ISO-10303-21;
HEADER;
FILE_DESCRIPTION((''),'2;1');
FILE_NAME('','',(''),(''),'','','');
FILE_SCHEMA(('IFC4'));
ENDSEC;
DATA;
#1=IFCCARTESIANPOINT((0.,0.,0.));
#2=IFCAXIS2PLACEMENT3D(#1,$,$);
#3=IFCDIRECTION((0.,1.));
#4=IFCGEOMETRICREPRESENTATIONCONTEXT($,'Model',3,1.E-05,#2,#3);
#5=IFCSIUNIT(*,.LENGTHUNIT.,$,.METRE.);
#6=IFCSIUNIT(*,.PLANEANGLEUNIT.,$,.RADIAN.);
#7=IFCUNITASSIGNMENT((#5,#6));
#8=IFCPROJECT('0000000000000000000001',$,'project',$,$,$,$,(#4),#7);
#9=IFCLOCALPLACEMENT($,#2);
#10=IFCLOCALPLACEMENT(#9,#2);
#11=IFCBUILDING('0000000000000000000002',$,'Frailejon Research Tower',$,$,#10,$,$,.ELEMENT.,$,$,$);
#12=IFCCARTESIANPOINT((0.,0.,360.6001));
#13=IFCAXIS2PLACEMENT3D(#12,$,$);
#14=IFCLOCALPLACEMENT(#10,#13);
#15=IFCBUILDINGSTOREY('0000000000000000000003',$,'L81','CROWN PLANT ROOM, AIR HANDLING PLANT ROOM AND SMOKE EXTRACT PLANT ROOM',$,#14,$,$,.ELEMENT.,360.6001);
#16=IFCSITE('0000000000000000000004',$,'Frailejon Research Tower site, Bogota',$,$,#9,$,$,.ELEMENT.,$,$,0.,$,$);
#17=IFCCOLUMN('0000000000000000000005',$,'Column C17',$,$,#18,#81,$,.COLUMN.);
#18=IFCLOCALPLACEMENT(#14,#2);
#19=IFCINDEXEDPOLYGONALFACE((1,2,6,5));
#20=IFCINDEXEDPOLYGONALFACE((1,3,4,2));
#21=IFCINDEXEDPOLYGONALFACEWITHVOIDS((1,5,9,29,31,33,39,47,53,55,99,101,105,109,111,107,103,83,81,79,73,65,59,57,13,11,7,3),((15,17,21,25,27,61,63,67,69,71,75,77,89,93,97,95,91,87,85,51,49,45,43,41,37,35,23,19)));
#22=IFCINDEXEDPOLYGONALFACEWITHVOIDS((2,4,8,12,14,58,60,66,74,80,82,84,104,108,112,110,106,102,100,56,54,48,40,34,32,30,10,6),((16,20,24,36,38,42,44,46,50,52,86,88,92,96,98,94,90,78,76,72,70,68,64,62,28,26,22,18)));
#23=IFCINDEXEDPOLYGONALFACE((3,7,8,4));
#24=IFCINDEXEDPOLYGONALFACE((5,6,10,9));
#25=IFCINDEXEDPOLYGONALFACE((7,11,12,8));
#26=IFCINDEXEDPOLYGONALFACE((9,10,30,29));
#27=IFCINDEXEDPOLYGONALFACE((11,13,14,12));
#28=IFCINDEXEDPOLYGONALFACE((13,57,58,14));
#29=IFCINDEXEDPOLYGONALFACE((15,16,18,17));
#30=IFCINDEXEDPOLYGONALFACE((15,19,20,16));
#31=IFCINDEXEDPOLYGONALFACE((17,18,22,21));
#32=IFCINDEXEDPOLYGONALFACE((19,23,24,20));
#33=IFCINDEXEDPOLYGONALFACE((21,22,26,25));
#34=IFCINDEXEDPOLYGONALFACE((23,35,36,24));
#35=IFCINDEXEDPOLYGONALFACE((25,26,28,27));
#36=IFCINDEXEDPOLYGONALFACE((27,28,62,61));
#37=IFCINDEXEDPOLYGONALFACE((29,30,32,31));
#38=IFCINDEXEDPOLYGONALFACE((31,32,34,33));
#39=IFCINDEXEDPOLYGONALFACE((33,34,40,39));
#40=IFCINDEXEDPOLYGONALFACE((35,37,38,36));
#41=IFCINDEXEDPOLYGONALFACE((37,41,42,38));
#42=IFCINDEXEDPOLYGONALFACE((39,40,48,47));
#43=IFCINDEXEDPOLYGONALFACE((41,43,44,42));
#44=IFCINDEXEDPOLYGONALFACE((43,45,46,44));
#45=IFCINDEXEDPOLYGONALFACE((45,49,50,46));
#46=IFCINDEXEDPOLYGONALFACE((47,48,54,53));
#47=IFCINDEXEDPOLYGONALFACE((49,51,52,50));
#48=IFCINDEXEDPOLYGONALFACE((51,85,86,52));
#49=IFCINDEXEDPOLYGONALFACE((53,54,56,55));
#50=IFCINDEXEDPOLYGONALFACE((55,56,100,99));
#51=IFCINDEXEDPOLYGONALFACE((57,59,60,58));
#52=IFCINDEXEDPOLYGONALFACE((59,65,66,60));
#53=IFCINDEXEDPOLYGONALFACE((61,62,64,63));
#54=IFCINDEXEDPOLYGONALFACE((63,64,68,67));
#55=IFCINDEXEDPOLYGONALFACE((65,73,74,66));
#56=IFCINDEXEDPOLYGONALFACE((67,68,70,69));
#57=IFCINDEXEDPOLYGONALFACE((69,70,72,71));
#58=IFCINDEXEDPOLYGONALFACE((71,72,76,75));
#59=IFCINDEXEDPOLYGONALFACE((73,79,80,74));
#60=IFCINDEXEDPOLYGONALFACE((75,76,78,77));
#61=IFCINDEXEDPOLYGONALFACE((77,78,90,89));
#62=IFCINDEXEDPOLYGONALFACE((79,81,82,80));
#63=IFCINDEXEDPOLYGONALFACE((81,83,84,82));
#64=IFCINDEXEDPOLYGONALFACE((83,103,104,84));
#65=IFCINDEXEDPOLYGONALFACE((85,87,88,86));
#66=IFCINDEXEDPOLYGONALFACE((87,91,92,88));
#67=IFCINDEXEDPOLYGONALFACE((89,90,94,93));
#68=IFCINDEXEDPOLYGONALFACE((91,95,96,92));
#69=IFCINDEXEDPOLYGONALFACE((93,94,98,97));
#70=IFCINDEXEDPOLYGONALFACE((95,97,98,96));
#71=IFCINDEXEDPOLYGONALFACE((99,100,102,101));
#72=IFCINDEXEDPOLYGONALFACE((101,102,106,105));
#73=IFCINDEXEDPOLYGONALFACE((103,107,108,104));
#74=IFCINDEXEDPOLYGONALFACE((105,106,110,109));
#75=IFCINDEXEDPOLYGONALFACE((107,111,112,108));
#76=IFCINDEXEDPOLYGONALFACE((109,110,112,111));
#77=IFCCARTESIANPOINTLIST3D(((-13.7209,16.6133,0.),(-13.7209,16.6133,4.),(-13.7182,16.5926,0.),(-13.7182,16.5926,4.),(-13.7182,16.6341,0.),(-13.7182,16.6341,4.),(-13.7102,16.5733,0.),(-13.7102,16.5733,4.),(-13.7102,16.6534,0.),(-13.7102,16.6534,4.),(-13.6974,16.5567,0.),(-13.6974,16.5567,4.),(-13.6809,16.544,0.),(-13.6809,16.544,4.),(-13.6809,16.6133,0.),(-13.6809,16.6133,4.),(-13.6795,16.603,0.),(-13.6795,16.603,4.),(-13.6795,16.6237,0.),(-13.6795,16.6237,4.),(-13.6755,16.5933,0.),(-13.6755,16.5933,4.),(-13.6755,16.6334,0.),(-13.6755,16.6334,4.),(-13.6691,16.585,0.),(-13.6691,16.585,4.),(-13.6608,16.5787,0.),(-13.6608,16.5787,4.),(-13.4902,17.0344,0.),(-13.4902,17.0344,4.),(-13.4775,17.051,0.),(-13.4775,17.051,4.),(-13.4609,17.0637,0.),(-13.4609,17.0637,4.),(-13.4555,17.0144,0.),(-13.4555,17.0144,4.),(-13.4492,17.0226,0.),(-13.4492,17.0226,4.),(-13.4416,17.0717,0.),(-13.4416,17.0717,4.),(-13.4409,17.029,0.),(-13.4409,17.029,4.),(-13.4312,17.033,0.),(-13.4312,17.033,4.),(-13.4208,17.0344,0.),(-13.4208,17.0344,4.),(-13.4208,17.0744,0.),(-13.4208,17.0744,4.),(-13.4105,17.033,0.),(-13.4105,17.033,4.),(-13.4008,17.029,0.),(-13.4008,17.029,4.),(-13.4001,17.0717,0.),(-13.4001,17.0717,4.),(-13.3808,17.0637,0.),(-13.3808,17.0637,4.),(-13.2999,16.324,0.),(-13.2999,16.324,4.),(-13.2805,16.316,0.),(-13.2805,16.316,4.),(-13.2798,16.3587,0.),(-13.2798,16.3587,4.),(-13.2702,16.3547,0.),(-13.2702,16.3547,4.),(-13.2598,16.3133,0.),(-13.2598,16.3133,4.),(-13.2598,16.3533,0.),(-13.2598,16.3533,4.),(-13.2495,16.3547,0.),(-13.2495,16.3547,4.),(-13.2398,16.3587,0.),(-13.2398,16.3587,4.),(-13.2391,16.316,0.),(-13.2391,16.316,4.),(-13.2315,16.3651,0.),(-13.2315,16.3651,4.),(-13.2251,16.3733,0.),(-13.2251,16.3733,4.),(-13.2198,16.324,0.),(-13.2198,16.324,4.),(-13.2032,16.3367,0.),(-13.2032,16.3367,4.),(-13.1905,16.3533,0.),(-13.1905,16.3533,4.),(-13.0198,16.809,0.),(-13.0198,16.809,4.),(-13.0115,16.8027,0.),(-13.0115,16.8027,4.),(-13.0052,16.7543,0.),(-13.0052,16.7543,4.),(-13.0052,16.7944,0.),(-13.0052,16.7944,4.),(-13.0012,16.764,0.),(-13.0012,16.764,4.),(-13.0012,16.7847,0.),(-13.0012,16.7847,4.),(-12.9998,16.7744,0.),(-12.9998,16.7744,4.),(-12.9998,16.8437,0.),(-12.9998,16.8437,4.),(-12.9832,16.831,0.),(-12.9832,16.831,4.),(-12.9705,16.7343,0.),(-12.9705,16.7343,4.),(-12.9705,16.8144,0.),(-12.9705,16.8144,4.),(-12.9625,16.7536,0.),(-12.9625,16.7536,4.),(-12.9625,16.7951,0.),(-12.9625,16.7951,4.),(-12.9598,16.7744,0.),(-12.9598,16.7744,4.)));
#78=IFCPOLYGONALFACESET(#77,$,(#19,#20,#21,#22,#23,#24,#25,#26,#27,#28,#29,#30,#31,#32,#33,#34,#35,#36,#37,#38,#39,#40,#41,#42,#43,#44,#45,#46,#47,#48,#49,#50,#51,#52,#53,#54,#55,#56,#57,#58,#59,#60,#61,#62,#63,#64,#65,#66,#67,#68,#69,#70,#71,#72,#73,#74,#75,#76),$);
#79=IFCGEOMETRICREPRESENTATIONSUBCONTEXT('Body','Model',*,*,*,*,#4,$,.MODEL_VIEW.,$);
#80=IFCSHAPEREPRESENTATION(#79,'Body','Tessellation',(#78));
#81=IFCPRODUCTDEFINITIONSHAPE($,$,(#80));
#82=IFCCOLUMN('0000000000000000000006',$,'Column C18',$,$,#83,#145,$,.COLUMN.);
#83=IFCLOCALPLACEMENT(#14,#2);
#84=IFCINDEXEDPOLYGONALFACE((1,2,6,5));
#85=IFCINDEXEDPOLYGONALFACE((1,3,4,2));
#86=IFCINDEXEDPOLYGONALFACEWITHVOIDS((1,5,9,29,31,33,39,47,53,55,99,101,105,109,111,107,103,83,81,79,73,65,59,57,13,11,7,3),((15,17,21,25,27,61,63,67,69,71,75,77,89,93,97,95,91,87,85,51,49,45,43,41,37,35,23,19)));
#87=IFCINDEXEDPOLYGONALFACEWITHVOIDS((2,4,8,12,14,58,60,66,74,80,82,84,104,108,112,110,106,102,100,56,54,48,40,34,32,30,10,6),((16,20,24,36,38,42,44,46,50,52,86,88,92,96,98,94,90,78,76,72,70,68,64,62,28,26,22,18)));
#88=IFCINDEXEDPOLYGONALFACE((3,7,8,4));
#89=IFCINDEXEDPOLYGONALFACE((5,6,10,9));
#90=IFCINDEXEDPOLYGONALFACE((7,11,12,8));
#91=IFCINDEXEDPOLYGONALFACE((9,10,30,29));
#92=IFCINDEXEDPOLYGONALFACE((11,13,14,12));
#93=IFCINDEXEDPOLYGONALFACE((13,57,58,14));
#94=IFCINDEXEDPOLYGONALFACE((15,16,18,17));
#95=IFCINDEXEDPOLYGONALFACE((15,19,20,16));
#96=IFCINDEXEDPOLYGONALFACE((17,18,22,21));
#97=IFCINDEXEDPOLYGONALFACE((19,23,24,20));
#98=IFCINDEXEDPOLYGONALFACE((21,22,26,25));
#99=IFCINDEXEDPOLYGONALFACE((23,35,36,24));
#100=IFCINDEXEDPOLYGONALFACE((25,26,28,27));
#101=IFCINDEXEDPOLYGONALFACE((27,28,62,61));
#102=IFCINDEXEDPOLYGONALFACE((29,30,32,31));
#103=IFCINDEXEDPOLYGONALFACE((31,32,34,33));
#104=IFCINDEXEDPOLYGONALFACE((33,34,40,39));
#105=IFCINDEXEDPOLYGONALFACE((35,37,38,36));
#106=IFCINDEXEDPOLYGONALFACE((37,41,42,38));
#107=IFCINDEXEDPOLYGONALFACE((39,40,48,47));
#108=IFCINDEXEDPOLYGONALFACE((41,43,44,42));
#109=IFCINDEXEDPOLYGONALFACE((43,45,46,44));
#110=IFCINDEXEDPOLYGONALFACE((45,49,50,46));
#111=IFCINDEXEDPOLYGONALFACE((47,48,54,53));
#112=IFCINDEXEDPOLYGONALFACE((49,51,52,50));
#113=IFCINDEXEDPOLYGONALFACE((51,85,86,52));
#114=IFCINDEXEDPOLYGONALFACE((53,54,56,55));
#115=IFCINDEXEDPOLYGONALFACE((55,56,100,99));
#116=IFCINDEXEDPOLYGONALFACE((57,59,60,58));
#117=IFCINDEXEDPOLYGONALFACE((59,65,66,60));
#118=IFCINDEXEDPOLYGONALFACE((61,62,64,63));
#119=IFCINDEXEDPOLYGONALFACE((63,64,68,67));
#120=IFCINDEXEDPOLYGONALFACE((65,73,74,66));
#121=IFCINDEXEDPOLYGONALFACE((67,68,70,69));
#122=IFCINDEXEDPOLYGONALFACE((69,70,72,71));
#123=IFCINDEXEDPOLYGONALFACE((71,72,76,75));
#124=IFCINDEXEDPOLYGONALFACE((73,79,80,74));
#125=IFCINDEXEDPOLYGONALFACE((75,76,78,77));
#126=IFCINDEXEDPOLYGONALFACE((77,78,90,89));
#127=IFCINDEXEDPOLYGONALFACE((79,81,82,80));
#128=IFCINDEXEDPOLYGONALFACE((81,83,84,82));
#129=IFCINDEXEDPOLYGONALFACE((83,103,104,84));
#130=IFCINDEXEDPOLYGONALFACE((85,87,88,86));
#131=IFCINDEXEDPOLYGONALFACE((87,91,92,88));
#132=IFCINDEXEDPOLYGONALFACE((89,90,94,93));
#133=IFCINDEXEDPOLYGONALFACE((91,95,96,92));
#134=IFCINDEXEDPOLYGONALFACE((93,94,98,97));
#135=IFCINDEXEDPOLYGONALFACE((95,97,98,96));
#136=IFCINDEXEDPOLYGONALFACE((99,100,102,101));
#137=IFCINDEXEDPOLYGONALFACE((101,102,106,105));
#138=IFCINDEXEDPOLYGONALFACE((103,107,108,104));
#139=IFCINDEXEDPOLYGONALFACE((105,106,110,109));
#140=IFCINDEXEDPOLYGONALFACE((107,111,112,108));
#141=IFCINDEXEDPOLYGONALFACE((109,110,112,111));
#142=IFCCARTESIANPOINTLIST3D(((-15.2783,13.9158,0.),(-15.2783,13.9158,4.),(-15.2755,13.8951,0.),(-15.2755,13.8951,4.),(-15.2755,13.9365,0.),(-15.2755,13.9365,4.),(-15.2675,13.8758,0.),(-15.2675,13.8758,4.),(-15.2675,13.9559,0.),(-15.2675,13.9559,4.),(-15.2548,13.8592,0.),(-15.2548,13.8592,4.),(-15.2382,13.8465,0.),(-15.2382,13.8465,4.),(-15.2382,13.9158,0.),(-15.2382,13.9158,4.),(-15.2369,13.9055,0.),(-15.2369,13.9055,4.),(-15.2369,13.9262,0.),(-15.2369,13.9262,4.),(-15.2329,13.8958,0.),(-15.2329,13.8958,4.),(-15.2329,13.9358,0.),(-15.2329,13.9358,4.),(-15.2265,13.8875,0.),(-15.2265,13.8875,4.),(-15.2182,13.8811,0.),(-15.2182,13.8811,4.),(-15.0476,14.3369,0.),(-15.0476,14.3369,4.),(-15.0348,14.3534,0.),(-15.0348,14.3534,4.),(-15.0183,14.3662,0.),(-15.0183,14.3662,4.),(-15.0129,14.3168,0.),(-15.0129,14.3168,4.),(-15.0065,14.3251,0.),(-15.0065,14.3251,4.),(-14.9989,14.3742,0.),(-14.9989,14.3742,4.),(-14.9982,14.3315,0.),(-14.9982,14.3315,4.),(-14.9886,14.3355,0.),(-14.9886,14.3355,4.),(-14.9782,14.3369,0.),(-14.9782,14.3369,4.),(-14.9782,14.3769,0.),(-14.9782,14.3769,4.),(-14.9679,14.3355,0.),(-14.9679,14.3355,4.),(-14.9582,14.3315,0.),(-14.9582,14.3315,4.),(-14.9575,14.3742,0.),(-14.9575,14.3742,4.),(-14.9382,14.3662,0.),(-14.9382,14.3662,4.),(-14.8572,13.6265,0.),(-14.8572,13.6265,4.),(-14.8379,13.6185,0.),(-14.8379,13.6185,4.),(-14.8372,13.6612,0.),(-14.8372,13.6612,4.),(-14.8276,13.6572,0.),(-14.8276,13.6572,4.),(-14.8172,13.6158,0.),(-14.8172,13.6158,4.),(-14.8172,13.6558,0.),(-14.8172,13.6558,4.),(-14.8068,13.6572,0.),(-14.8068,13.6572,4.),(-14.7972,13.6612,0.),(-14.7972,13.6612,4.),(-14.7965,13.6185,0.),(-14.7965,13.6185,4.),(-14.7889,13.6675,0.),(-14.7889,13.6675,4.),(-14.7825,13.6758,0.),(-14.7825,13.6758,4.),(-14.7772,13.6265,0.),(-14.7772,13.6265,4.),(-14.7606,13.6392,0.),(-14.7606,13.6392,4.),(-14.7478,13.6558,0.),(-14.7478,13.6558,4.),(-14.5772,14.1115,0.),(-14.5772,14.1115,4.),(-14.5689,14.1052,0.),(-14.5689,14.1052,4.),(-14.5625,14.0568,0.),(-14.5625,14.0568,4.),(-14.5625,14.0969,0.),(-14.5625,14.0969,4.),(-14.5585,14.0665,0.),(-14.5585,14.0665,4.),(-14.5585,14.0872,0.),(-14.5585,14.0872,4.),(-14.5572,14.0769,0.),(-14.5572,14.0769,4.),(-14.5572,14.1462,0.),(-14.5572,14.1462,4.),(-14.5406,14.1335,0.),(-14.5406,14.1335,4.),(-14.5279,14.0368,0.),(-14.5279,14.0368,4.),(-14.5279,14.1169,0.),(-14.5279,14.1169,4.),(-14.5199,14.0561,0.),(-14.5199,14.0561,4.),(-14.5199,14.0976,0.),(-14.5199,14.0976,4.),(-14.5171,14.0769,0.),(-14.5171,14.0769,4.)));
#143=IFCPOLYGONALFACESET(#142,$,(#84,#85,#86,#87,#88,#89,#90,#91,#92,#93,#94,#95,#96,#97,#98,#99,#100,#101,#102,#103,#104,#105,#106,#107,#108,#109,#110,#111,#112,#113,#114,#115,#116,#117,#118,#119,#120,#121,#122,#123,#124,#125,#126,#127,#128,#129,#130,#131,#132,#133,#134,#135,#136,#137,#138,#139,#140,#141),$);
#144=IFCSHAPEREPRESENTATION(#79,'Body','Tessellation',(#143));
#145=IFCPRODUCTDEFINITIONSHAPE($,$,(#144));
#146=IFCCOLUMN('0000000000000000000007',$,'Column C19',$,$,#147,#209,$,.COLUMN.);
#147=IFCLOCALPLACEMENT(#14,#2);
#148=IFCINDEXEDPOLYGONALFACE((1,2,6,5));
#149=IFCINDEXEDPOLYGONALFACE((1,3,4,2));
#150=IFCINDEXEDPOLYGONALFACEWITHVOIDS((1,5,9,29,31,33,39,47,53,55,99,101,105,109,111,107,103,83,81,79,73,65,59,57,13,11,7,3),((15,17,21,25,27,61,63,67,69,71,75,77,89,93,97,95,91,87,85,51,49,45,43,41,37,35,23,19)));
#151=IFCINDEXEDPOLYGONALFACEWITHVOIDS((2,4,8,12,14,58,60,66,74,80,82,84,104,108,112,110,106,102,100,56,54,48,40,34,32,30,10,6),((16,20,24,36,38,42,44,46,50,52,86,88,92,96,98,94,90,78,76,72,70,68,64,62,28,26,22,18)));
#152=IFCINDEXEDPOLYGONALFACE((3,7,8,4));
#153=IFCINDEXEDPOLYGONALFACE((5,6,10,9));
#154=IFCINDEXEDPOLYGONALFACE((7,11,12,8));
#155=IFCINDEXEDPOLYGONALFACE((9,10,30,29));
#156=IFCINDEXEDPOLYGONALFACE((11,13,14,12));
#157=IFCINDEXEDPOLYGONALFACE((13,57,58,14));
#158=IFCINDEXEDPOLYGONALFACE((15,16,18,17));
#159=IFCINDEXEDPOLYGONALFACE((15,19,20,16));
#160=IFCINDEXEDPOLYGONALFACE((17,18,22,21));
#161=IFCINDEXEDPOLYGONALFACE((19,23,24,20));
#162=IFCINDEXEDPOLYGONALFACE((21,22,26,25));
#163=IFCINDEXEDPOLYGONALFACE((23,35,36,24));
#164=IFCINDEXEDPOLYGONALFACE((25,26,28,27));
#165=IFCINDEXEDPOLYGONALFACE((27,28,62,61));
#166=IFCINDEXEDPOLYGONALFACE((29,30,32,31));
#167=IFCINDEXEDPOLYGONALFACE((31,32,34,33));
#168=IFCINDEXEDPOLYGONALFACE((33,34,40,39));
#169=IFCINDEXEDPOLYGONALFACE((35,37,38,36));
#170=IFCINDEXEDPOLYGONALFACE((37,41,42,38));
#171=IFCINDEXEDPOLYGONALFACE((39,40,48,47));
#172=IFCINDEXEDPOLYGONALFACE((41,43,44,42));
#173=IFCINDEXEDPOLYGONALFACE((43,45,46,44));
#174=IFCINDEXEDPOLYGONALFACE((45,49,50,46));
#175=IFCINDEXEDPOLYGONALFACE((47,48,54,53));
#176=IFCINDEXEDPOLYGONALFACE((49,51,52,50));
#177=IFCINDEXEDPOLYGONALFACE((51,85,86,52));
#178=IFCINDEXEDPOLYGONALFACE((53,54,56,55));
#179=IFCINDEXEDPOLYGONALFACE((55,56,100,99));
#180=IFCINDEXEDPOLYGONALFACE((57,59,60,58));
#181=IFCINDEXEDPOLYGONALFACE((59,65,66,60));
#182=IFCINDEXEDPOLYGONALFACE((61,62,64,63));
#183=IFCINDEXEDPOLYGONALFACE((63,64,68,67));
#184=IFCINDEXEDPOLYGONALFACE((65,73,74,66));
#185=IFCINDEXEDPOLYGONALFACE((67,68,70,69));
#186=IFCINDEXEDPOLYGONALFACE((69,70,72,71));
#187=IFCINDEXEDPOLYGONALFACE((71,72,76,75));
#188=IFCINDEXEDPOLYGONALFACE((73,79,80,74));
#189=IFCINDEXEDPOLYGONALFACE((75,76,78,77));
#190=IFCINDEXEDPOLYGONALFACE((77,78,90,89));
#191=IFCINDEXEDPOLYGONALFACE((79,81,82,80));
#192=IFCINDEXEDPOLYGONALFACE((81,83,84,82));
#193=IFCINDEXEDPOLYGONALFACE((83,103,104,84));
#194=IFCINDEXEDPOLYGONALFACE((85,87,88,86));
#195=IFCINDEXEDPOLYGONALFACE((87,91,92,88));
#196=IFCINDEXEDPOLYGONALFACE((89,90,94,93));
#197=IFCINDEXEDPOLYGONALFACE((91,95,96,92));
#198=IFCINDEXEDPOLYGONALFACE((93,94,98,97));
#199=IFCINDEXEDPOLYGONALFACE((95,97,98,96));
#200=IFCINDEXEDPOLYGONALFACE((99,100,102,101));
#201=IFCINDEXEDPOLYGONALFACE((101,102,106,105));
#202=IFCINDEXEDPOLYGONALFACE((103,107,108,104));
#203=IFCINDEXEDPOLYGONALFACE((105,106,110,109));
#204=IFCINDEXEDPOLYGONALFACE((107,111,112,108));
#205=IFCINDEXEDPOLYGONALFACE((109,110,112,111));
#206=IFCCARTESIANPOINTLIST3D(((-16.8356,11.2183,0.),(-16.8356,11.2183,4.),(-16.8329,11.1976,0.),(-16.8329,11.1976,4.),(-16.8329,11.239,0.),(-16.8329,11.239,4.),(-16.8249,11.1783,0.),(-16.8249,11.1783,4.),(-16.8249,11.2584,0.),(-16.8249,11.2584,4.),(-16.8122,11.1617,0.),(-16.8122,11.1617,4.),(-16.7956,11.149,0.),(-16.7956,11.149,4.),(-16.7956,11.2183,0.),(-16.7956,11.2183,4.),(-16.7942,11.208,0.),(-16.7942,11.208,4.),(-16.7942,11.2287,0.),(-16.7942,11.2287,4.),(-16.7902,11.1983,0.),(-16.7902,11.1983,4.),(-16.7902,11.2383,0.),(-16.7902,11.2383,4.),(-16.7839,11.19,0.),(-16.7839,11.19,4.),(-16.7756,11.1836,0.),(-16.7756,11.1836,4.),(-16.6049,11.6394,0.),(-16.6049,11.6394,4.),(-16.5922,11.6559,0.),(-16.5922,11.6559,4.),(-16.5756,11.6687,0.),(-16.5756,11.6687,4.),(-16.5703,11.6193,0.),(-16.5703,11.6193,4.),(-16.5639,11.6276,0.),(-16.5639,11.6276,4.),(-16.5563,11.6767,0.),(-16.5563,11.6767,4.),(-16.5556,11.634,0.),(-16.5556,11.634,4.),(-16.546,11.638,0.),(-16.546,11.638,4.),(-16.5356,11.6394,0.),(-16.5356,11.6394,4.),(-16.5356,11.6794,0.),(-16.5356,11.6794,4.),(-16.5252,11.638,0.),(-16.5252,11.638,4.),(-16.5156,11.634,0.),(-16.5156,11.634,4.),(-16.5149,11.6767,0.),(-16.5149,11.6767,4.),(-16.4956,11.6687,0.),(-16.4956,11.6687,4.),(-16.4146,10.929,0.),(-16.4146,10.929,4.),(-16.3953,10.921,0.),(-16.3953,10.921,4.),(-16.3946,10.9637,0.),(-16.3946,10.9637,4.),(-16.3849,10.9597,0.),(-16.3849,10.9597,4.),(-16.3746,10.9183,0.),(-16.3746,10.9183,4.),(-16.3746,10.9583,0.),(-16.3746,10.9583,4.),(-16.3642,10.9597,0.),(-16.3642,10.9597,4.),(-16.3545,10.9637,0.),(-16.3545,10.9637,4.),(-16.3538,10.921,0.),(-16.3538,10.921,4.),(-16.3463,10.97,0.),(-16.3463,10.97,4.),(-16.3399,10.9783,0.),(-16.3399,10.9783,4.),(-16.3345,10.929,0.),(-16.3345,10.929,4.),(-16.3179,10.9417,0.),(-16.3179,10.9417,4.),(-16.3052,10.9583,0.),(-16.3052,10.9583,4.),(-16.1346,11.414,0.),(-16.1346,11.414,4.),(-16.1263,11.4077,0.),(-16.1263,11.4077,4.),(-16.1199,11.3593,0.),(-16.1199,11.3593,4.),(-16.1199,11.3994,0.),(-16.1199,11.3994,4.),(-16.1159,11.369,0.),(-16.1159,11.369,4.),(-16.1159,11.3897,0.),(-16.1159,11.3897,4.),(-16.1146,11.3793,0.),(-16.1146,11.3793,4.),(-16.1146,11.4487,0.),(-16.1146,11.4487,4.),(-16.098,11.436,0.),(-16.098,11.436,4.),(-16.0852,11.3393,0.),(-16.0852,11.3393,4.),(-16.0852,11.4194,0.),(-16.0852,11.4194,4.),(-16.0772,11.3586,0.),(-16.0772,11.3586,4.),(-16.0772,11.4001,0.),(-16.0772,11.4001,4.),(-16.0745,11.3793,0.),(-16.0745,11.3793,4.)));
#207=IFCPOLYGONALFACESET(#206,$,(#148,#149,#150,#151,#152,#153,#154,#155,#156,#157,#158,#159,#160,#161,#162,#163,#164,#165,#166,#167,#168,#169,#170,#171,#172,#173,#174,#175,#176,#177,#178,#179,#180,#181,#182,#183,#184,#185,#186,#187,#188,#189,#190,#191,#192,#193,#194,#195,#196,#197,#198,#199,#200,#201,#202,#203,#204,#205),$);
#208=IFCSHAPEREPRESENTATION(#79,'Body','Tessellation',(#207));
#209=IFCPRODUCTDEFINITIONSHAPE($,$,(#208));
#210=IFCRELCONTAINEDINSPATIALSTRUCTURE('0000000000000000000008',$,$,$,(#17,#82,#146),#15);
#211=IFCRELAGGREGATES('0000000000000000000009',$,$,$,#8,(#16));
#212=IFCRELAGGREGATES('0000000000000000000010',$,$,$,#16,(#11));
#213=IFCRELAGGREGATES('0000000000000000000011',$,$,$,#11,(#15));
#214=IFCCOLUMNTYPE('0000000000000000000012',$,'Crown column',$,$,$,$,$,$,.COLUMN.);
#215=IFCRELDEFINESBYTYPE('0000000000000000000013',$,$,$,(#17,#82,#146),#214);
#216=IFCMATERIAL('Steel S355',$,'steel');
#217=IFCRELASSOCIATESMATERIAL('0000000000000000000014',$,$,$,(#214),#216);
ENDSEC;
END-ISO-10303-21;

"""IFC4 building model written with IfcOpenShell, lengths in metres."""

from ifc_helpers import new_model, si_unit, direction, frame, origin, origin_2d, place, context, subcontext, project, spatial, hollow_rectangle, extrude, material, material_profile, profile_set, type_object, element, save


model = new_model("IFC4")

# Units and contexts
model_context = context("Model", 3, precision=1e-05, world=origin(), true_north=direction((0.0, 1.0)))
body_context = subcontext(model_context, "Body", "Model", "MODEL_VIEW")
ifc_project = project(units=[si_unit("LENGTHUNIT", "METRE"), si_unit("PLANEANGLEUNIT", "RADIAN")], contexts=[model_context])

# Site, building, storey
site_placement = place(None, origin())
site = spatial("IfcSite", under=ifc_project, at=site_placement, Name="Frailejon Research Tower site, Bogota", CompositionType="ELEMENT", RefElevation=0.0)
building_placement = place(site_placement, origin())
building = spatial("IfcBuilding", under=site, at=building_placement, Name="Frailejon Research Tower", CompositionType="ELEMENT")
storey_placement = place(building_placement, frame((0.0, 0.0, 360.6001)))
storey = spatial("IfcBuildingStorey", under=building, at=storey_placement, Name="L81", Description="CROWN PLANT ROOM, AIR HANDLING PLANT ROOM AND SMOKE EXTRACT PLANT ROOM", CompositionType="ELEMENT", Elevation=360.6001)

# Columns
ifc_material_1 = material(Name="Steel S355", Category="steel")
ifc_material_profile_1 = material_profile(ifc_material_1, hollow_rectangle(XDim=0.6001, YDim=0.6001, WallThickness=0.04, InnerFilletRadius=0.04, OuterFilletRadius=0.0801, at=origin_2d()), Name="Crown column")
ifc_profile_set_1 = profile_set([ifc_material_profile_1], Name="Steel S355")
column_type = type_object("IfcColumnType", Name="Crown column", PredefinedType="COLUMN", material=ifc_profile_set_1)
for number, where, z_axis, x_axis, name in (
    (1, (-13.3403, 16.6938, 0.0), (0.0, 0.0, 1.0), (-0.5, -0.866025, 0.0), "Column C17"),
    (2, (-14.8977, 13.9963, 0.0), (0.0, 0.0, 1.0), (-0.5, -0.866025, 0.0), "Column C18"),
    (3, (-16.4551, 11.2988, 0.0), (0.0, 0.0, 1.0), (-0.5, -0.866025, 0.0), "Column C19"),
):
    element("IfcColumn", number, at=place(storey_placement, frame(where, z_axis=z_axis, x_axis=x_axis)), inside=storey, type_object=column_type, Name=name, PredefinedType="COLUMN", context=body_context, shape_type="SweptSolid", body=[
        extrude(hollow_rectangle(XDim=0.6001, YDim=0.6001, WallThickness=0.04, InnerFilletRadius=0.04, OuterFilletRadius=0.0801, at=origin_2d()), origin(), (0.0, 0.0, 1.0), 4.0),
    ])

save(model, "model.ifc")
